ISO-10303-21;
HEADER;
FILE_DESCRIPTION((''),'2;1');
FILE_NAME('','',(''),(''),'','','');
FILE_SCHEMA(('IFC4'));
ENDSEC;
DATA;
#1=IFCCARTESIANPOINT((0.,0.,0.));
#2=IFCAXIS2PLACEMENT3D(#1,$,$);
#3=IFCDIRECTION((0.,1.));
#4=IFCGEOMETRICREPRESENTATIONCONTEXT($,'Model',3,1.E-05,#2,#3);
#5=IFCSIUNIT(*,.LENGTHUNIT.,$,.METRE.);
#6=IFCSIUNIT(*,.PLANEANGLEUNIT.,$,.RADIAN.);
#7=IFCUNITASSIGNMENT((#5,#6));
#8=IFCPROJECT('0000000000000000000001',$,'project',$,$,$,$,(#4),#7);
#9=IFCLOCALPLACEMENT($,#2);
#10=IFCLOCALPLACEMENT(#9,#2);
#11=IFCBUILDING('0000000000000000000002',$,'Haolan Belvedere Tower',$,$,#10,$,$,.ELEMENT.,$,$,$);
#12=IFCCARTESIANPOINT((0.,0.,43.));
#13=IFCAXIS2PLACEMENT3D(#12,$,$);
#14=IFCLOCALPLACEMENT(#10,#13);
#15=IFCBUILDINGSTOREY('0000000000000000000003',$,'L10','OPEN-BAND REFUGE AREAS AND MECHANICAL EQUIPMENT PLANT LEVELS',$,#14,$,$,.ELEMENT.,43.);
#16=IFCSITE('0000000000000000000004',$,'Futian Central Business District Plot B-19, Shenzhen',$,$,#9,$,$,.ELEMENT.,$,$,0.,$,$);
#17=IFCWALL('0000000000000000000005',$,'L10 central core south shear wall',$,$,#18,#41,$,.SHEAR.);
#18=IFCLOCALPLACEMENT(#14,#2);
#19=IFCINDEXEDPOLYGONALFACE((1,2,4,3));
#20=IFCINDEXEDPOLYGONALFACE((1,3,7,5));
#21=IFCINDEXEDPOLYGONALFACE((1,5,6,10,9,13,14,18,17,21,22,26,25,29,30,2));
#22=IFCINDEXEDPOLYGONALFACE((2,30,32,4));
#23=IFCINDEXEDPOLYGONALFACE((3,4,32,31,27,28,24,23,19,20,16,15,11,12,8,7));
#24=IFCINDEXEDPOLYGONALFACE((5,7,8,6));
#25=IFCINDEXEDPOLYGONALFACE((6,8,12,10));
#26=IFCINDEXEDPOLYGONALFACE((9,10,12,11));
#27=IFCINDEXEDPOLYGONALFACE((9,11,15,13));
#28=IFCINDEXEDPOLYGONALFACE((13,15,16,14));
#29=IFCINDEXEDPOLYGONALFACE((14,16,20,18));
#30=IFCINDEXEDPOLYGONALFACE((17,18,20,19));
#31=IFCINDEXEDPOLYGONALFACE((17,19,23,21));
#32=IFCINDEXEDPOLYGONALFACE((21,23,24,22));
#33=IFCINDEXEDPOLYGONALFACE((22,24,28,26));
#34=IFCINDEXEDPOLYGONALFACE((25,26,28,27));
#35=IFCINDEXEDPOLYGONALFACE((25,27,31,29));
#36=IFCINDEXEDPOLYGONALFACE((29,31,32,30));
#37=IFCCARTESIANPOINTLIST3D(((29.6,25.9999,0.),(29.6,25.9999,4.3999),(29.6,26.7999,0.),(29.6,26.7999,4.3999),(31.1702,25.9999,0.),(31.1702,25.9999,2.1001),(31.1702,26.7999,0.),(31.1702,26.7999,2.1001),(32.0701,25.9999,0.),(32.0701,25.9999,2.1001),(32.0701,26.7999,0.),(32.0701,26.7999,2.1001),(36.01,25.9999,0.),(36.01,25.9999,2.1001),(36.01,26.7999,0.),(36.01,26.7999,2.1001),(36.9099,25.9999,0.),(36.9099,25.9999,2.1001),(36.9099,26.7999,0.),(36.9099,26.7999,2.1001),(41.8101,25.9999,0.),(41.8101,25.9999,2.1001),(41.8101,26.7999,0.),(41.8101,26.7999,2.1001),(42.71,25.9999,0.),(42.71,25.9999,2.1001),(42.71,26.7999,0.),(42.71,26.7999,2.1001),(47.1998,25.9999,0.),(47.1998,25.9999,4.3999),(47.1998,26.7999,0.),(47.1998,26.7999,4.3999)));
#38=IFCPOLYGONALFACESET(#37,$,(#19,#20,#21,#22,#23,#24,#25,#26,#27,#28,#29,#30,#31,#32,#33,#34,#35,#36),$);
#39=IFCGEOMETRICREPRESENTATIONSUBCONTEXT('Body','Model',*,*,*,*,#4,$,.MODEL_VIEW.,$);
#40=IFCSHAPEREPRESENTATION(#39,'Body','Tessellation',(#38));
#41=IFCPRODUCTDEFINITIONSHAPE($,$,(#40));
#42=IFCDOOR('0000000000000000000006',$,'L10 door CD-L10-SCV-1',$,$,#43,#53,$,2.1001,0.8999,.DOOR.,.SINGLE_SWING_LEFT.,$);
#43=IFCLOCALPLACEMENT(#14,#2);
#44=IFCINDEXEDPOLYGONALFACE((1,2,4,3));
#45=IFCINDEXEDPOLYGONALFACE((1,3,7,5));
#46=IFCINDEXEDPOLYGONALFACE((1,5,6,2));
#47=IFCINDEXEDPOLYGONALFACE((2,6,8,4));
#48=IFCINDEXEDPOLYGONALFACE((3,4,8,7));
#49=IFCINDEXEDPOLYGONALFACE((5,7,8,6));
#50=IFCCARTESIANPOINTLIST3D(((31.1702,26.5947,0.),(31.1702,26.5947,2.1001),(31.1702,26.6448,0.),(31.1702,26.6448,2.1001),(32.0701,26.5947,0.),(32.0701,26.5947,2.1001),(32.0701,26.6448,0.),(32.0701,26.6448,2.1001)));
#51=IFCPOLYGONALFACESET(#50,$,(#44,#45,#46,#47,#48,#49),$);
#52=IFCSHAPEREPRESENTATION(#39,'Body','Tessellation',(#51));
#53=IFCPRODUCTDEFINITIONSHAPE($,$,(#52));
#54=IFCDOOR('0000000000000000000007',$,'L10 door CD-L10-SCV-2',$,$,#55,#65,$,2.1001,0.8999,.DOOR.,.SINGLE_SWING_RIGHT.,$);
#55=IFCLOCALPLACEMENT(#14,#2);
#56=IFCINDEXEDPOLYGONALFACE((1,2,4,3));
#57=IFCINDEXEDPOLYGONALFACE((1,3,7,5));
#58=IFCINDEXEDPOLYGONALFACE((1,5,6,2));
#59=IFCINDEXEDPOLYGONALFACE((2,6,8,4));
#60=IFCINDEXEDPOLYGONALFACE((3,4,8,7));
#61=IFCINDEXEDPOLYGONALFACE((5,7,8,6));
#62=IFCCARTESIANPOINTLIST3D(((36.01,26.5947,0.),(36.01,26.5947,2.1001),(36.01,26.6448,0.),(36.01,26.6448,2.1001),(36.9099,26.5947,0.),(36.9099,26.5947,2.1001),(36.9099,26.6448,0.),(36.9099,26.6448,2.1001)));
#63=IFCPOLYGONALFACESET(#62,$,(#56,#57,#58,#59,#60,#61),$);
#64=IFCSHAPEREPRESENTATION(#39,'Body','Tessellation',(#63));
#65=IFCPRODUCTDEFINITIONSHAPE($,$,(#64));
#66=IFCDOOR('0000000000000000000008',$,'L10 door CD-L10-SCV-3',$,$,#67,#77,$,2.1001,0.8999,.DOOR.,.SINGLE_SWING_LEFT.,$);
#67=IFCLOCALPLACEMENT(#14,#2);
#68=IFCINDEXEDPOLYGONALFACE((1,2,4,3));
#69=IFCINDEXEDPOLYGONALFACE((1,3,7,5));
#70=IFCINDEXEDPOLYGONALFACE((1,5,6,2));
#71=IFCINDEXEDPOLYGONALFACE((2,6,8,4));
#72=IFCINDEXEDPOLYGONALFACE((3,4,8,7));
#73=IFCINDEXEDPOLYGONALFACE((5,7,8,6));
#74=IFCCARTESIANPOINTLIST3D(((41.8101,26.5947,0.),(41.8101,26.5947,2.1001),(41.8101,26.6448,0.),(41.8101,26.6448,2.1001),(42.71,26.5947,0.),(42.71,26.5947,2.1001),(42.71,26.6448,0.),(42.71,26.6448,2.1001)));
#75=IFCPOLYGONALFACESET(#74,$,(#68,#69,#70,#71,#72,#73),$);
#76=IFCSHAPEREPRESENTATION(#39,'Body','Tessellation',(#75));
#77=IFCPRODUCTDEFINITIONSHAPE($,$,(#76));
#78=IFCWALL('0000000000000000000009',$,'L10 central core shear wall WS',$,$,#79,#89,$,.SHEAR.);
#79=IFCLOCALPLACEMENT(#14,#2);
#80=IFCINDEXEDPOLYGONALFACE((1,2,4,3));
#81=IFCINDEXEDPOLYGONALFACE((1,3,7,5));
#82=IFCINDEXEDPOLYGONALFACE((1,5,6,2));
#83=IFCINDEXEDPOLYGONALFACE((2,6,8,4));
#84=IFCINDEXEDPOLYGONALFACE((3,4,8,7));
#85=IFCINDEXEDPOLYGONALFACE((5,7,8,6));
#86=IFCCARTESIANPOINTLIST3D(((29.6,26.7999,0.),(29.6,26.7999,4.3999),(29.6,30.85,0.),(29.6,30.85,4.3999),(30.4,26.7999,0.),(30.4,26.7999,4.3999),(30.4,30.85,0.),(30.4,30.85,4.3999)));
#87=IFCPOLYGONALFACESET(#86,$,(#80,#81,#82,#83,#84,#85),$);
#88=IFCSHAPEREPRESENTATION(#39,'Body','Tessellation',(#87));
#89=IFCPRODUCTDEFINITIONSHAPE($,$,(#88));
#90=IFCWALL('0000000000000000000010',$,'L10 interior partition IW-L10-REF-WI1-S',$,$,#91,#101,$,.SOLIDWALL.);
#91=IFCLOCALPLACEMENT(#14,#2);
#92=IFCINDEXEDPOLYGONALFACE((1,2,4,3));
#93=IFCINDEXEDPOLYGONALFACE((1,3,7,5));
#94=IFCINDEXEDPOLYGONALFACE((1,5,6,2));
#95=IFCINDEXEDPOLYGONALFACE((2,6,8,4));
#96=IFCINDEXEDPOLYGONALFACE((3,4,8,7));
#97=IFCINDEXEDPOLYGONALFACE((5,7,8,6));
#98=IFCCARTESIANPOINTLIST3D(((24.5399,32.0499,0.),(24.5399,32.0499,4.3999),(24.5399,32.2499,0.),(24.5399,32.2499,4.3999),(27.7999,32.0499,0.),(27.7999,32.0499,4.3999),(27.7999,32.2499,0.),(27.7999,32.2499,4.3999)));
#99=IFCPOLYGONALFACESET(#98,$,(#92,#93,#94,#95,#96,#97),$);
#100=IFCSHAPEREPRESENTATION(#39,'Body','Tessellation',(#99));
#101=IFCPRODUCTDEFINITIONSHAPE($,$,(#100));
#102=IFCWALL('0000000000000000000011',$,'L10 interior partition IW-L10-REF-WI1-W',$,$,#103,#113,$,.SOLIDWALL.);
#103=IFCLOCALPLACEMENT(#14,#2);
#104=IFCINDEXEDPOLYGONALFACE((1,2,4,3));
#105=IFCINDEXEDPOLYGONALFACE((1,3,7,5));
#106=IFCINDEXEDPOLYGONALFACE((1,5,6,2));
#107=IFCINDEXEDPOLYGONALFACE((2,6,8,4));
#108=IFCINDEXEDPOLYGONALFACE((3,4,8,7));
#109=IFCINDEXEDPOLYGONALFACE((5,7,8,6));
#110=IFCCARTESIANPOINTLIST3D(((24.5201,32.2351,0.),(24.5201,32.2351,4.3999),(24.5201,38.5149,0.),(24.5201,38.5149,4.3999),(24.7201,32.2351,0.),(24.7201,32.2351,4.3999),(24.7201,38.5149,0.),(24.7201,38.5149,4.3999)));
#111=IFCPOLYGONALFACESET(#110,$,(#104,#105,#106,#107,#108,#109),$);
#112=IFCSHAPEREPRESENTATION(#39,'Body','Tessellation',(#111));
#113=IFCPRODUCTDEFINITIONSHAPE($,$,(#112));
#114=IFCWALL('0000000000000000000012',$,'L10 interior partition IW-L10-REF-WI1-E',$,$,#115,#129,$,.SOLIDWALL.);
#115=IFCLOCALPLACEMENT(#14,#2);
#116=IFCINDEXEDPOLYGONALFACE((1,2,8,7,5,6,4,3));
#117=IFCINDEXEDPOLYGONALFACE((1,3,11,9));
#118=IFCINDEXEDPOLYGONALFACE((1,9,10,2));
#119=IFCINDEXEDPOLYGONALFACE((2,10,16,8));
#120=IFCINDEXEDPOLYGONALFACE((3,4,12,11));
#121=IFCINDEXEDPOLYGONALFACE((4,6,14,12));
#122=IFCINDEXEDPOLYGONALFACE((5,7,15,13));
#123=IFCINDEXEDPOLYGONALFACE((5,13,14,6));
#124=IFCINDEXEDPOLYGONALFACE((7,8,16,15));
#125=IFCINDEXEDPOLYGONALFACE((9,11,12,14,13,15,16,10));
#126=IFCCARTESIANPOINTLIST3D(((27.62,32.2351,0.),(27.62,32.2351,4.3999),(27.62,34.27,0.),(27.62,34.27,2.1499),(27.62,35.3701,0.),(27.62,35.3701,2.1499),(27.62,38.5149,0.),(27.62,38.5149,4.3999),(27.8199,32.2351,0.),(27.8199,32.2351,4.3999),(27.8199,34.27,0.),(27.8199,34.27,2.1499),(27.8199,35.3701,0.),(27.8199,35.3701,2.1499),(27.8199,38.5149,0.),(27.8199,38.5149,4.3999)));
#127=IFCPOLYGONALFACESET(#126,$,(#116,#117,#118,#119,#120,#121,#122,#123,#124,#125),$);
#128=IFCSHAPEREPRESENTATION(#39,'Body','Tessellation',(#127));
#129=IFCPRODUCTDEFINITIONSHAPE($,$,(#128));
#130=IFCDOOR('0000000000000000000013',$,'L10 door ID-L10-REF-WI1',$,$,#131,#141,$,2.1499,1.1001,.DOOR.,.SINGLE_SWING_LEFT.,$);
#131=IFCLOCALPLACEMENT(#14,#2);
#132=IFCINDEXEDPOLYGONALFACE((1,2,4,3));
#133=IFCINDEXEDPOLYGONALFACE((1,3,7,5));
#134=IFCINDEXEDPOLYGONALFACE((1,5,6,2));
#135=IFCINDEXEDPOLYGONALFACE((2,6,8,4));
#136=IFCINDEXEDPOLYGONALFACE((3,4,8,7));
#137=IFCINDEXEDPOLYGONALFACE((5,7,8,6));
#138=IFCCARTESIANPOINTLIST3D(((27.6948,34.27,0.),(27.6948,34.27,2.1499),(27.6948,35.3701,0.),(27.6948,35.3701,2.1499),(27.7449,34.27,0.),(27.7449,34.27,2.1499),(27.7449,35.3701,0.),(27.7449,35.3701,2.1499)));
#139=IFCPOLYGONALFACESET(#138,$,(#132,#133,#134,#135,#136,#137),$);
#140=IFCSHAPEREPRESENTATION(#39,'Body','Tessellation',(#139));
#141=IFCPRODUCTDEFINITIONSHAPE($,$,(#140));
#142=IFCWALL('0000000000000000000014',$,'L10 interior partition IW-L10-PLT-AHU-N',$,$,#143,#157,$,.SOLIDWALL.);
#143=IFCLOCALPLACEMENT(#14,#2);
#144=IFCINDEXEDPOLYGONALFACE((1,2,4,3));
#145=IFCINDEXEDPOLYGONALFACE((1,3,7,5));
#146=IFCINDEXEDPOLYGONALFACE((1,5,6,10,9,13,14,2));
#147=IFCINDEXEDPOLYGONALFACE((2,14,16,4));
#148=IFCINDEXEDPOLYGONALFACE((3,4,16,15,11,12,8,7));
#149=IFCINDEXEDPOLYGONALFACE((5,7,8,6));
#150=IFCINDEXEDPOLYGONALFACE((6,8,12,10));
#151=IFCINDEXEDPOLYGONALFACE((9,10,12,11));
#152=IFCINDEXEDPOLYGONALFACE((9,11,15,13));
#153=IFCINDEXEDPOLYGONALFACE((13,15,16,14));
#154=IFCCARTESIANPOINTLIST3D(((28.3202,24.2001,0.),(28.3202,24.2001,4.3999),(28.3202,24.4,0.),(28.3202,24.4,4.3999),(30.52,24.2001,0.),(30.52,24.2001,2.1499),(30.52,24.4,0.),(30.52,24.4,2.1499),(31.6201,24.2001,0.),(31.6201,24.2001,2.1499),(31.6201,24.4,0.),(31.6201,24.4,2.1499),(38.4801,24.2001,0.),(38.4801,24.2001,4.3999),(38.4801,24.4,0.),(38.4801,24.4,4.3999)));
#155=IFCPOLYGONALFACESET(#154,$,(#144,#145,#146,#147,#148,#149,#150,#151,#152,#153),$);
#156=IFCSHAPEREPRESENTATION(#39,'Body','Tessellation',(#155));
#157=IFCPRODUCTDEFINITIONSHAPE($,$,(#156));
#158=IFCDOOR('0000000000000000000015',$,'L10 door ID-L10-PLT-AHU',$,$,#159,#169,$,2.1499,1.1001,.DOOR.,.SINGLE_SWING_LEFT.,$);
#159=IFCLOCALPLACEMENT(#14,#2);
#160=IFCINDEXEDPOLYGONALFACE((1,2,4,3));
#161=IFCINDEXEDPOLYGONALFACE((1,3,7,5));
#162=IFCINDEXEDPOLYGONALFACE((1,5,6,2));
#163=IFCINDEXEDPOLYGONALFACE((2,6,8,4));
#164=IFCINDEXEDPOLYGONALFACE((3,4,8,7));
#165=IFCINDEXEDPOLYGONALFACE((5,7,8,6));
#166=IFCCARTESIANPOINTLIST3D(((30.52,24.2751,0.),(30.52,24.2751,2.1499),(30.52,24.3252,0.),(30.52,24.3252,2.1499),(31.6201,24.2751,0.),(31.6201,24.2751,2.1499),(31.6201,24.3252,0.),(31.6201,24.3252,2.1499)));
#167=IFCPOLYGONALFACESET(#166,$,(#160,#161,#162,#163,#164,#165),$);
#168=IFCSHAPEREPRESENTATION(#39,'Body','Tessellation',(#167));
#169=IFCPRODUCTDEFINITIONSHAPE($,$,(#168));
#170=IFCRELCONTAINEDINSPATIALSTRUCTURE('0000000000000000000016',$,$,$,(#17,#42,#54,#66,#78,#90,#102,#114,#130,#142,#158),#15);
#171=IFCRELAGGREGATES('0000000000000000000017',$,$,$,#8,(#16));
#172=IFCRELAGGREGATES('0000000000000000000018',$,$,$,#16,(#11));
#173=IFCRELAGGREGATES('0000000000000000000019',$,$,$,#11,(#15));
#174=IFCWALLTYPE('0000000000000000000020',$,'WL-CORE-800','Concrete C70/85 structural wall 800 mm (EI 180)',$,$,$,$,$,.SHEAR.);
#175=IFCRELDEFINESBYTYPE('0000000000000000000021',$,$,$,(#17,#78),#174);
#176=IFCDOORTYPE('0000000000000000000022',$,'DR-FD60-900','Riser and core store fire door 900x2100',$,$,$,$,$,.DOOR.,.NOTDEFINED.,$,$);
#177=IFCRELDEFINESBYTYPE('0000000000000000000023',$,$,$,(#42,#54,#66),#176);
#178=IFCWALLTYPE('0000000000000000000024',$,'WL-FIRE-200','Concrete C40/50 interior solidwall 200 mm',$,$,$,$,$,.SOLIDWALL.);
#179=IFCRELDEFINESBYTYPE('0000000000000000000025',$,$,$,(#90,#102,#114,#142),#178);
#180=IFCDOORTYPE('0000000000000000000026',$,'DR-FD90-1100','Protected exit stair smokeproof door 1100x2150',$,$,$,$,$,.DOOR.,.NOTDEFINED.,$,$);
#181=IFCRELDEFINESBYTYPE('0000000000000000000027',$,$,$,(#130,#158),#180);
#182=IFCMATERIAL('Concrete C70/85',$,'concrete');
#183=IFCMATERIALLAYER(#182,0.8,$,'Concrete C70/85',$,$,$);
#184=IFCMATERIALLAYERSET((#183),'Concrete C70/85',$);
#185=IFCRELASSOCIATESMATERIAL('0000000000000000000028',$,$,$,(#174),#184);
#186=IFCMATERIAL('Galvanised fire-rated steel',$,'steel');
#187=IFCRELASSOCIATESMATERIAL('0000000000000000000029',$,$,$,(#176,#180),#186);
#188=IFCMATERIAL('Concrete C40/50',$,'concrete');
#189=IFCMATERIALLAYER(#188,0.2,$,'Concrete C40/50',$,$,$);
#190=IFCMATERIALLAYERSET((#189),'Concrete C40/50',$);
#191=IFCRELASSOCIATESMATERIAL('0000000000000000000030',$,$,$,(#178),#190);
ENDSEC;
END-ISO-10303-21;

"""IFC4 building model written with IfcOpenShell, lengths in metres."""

from ifc_helpers import new_model, si_unit, direction, frame, frame_2d, origin, place, context, subcontext, project, spatial, rectangle, extrude, material, layer, layer_set, type_object, element, fill, save


model = new_model("IFC4")

# Units and contexts
model_context = context("Model", 3, precision=1e-05, world=origin(), true_north=direction((0.0, 1.0)))
body_context = subcontext(model_context, "Body", "Model", "MODEL_VIEW")
ifc_project = project(units=[si_unit("LENGTHUNIT", "METRE"), si_unit("PLANEANGLEUNIT", "RADIAN")], contexts=[model_context])

# Site, building, storey
site_placement = place(None, origin())
site = spatial("IfcSite", under=ifc_project, at=site_placement, Name="Futian Central Business District Plot B-19, Shenzhen", CompositionType="ELEMENT", RefElevation=0.0)
building_placement = place(site_placement, origin())
building = spatial("IfcBuilding", under=site, at=building_placement, Name="Haolan Belvedere Tower", CompositionType="ELEMENT")
storey_placement = place(building_placement, frame((0.0, 0.0, 43.0)))
storey = spatial("IfcBuildingStorey", under=building, at=storey_placement, Name="L10", Description="OPEN-BAND REFUGE AREAS AND MECHANICAL EQUIPMENT PLANT LEVELS", CompositionType="ELEMENT", Elevation=43.0)

# Wall, openings, doors
ifc_material_1 = material(Name="Concrete C70/85", Category="concrete")
ifc_layer_1 = layer(ifc_material_1, 0.8, Name="Concrete C70/85")
ifc_layer_set_1 = layer_set([ifc_layer_1], Name="Concrete C70/85")
wall_type_1 = type_object("IfcWallType", Name="WL-CORE-800", Description="Concrete C70/85 structural wall 800 mm (EI 180)", PredefinedType="SHEAR", material=ifc_layer_set_1)
wall_1_placement = place(storey_placement, frame((29.6001, 26.3999, 0.0), z_axis=(0.0, 0.0, 1.0), x_axis=(1.0, 0.0, 0.0)))
wall_1 = element("IfcWall", 1, at=wall_1_placement, inside=storey, type_object=wall_type_1, Name="L10 central core south shear wall", PredefinedType="SHEAR", context=body_context, shape_type="SweptSolid", body=[
    extrude(rectangle(XDim=17.5999, YDim=0.8, at=frame_2d((8.7998, 0.0))), origin(), (0.0, 0.0, 1.0), 4.3999),
])
opening_1_placement = place(wall_1_placement, frame((2.47, 0.0, 0.0), z_axis=(0.0, 0.0, 1.0), x_axis=(-1.0, 0.0, 0.0)))
opening_1 = element("IfcOpeningElement", 2, at=opening_1_placement, cuts=wall_1, PredefinedType="OPENING", context=body_context, shape_type="SweptSolid", body=[
    extrude(rectangle(XDim=0.8999, YDim=2.1001, at=frame_2d((0.45, 1.05))), frame((0.0, 0.4099, 0.0), z_axis=(0.0, -1.0, 0.0), x_axis=(1.0, 0.0, 0.0)), (0.0, 0.0, 1.0), 0.8201),
])
opening_2_placement = place(wall_1_placement, frame((7.3098, 0.0, 0.0), z_axis=(0.0, 0.0, 1.0), x_axis=(-1.0, 0.0, 0.0)))
opening_2 = element("IfcOpeningElement", 3, at=opening_2_placement, cuts=wall_1, PredefinedType="OPENING", context=body_context, shape_type="SweptSolid", body=[
    extrude(rectangle(XDim=0.8999, YDim=2.1001, at=frame_2d((0.45, 1.05))), frame((0.0, 0.4099, 0.0), z_axis=(0.0, -1.0, 0.0), x_axis=(1.0, 0.0, 0.0)), (0.0, 0.0, 1.0), 0.8201),
])
opening_3_placement = place(wall_1_placement, frame((13.1099, 0.0, 0.0), z_axis=(0.0, 0.0, 1.0), x_axis=(-1.0, 0.0, 0.0)))
opening_3 = element("IfcOpeningElement", 4, at=opening_3_placement, cuts=wall_1, PredefinedType="OPENING", context=body_context, shape_type="SweptSolid", body=[
    extrude(rectangle(XDim=0.8999, YDim=2.1001, at=frame_2d((0.45, 1.05))), frame((0.0, 0.4099, 0.0), z_axis=(0.0, -1.0, 0.0), x_axis=(1.0, 0.0, 0.0)), (0.0, 0.0, 1.0), 0.8201),
])
ifc_material_2 = material(Name="Galvanised fire-rated steel", Category="steel")
door_type_1 = type_object("IfcDoorType", Name="DR-FD60-900", Description="Riser and core store fire door 900x2100", OperationType="NOTDEFINED", PredefinedType="DOOR", material=ifc_material_2)
door_1_placement = place(opening_1_placement, origin())
door_1 = element("IfcDoor", 5, at=door_1_placement, inside=storey, type_object=door_type_1, Name="L10 door CD-L10-SCV-1", OperationType="SINGLE_SWING_LEFT", OverallHeight=2.1001, OverallWidth=0.8999, PredefinedType="DOOR", context=body_context, shape_type="SweptSolid", body=[
    extrude(rectangle(XDim=0.8999, YDim=2.1001, at=frame_2d((0.45, 1.05))), frame((0.0, -0.1948, 0.0), z_axis=(0.0, -1.0, 0.0), x_axis=(1.0, 0.0, 0.0)), (0.0, 0.0, 1.0), 0.05),
])
fill(opening_1, door_1)
door_2_placement = place(opening_2_placement, origin())
door_2 = element("IfcDoor", 6, at=door_2_placement, inside=storey, type_object=door_type_1, Name="L10 door CD-L10-SCV-2", OperationType="SINGLE_SWING_RIGHT", OverallHeight=2.1001, OverallWidth=0.8999, PredefinedType="DOOR", context=body_context, shape_type="SweptSolid", body=[
    extrude(rectangle(XDim=0.8999, YDim=2.1001, at=frame_2d((0.45, 1.05))), frame((0.0, -0.1948, 0.0), z_axis=(0.0, -1.0, 0.0), x_axis=(1.0, 0.0, 0.0)), (0.0, 0.0, 1.0), 0.05),
])
fill(opening_2, door_2)
door_3_placement = place(opening_3_placement, origin())
door_3 = element("IfcDoor", 7, at=door_3_placement, inside=storey, type_object=door_type_1, Name="L10 door CD-L10-SCV-3", OperationType="SINGLE_SWING_LEFT", OverallHeight=2.1001, OverallWidth=0.8999, PredefinedType="DOOR", context=body_context, shape_type="SweptSolid", body=[
    extrude(rectangle(XDim=0.8999, YDim=2.1001, at=frame_2d((0.45, 1.05))), frame((0.0, -0.1948, 0.0), z_axis=(0.0, -1.0, 0.0), x_axis=(1.0, 0.0, 0.0)), (0.0, 0.0, 1.0), 0.05),
])
fill(opening_3, door_3)

# Walls
wall_2_placement = place(storey_placement, frame((30.0, 26.8, 0.0), z_axis=(0.0, 0.0, 1.0), x_axis=(0.0, 1.0, 0.0)))
element("IfcWall", 8, at=wall_2_placement, inside=storey, type_object=wall_type_1, Name="L10 central core shear wall WS", PredefinedType="SHEAR", context=body_context, shape_type="SweptSolid", body=[
    extrude(rectangle(XDim=4.05, YDim=0.8, at=frame_2d((2.0249, 0.0))), origin(), (0.0, 0.0, 1.0), 4.3999),
])
ifc_material_3 = material(Name="Concrete C40/50", Category="concrete")
ifc_layer_2 = layer(ifc_material_3, 0.2, Name="Concrete C40/50")
ifc_layer_set_2 = layer_set([ifc_layer_2], Name="Concrete C40/50")
wall_type_2 = type_object("IfcWallType", Name="WL-FIRE-200", Description="Concrete C40/50 interior solidwall 200 mm", PredefinedType="SOLIDWALL", material=ifc_layer_set_2)
wall_3_placement = place(storey_placement, frame((24.54, 32.1499, 0.0), z_axis=(0.0, 0.0, 1.0), x_axis=(1.0, 0.0, 0.0)))
element("IfcWall", 9, at=wall_3_placement, inside=storey, type_object=wall_type_2, Name="L10 interior partition IW-L10-REF-WI1-S", PredefinedType="SOLIDWALL", context=body_context, shape_type="SweptSolid", body=[
    extrude(rectangle(XDim=3.26, YDim=0.2, at=frame_2d((1.6299, 0.0))), origin(), (0.0, 0.0, 1.0), 4.3999),
])
wall_4_placement = place(storey_placement, frame((24.6201, 32.2351, 0.0), z_axis=(0.0, 0.0, 1.0), x_axis=(0.0, 1.0, 0.0)))
element("IfcWall", 10, at=wall_4_placement, inside=storey, type_object=wall_type_2, Name="L10 interior partition IW-L10-REF-WI1-W", PredefinedType="SOLIDWALL", context=body_context, shape_type="SweptSolid", body=[
    extrude(rectangle(XDim=6.2798, YDim=0.2, at=frame_2d((3.1399, 0.0))), origin(), (0.0, 0.0, 1.0), 4.3999),
])

# Walls, openings, doors
wall_5_placement = place(storey_placement, frame((27.72, 32.2351, 0.0), z_axis=(0.0, 0.0, 1.0), x_axis=(0.0, 1.0, 0.0)))
wall_5 = element("IfcWall", 11, at=wall_5_placement, inside=storey, type_object=wall_type_2, Name="L10 interior partition IW-L10-REF-WI1-E", PredefinedType="SOLIDWALL", context=body_context, shape_type="SweptSolid", body=[
    extrude(rectangle(XDim=6.2798, YDim=0.2, at=frame_2d((3.1399, 0.0))), origin(), (0.0, 0.0, 1.0), 4.3999),
])
opening_4_placement = place(wall_5_placement, frame((3.135, 0.0, 0.0), z_axis=(0.0, 0.0, 1.0), x_axis=(-1.0, 0.0, 0.0)))
opening_4 = element("IfcOpeningElement", 12, at=opening_4_placement, cuts=wall_5, PredefinedType="OPENING", context=body_context, shape_type="SweptSolid", body=[
    extrude(rectangle(XDim=1.1001, YDim=2.1499, at=frame_2d((0.55, 1.075))), frame((0.0, 0.1099, 0.0), z_axis=(0.0, -1.0, 0.0), x_axis=(1.0, 0.0, 0.0)), (0.0, 0.0, 1.0), 0.22),
])
door_type_2 = type_object("IfcDoorType", Name="DR-FD90-1100", Description="Protected exit stair smokeproof door 1100x2150", OperationType="NOTDEFINED", PredefinedType="DOOR", material=ifc_material_2)
door_4_placement = place(opening_4_placement, origin())
door_4 = element("IfcDoor", 13, at=door_4_placement, inside=storey, type_object=door_type_2, Name="L10 door ID-L10-REF-WI1", OperationType="SINGLE_SWING_LEFT", OverallHeight=2.1499, OverallWidth=1.1001, PredefinedType="DOOR", context=body_context, shape_type="SweptSolid", body=[
    extrude(rectangle(XDim=1.1001, YDim=2.1499, at=frame_2d((0.55, 1.075))), frame((0.0, 0.0249, 0.0), z_axis=(0.0, -1.0, 0.0), x_axis=(1.0, 0.0, 0.0)), (0.0, 0.0, 1.0), 0.05),
])
fill(opening_4, door_4)
wall_6_placement = place(storey_placement, frame((28.3201, 24.3, 0.0), z_axis=(0.0, 0.0, 1.0), x_axis=(1.0, 0.0, 0.0)))
wall_6 = element("IfcWall", 14, at=wall_6_placement, inside=storey, type_object=wall_type_2, Name="L10 interior partition IW-L10-PLT-AHU-N", PredefinedType="SOLIDWALL", context=body_context, shape_type="SweptSolid", body=[
    extrude(rectangle(XDim=10.1599, YDim=0.2, at=frame_2d((5.0801, 0.0))), origin(), (0.0, 0.0, 1.0), 4.3999),
])
opening_5_placement = place(wall_6_placement, frame((3.3, 0.0, 0.0), z_axis=(0.0, 0.0, 1.0), x_axis=(-1.0, 0.0, 0.0)))
opening_5 = element("IfcOpeningElement", 15, at=opening_5_placement, cuts=wall_6, PredefinedType="OPENING", context=body_context, shape_type="SweptSolid", body=[
    extrude(rectangle(XDim=1.1001, YDim=2.1499, at=frame_2d((0.55, 1.075))), frame((0.0, 0.1099, 0.0), z_axis=(0.0, -1.0, 0.0), x_axis=(1.0, 0.0, 0.0)), (0.0, 0.0, 1.0), 0.22),
])
door_5_placement = place(opening_5_placement, origin())
door_5 = element("IfcDoor", 16, at=door_5_placement, inside=storey, type_object=door_type_2, Name="L10 door ID-L10-PLT-AHU", OperationType="SINGLE_SWING_LEFT", OverallHeight=2.1499, OverallWidth=1.1001, PredefinedType="DOOR", context=body_context, shape_type="SweptSolid", body=[
    extrude(rectangle(XDim=1.1001, YDim=2.1499, at=frame_2d((0.55, 1.075))), frame((0.0, 0.0249, 0.0), z_axis=(0.0, -1.0, 0.0), x_axis=(1.0, 0.0, 0.0)), (0.0, 0.0, 1.0), 0.05),
])
fill(opening_5, door_5)

save(model, "model.ifc")
